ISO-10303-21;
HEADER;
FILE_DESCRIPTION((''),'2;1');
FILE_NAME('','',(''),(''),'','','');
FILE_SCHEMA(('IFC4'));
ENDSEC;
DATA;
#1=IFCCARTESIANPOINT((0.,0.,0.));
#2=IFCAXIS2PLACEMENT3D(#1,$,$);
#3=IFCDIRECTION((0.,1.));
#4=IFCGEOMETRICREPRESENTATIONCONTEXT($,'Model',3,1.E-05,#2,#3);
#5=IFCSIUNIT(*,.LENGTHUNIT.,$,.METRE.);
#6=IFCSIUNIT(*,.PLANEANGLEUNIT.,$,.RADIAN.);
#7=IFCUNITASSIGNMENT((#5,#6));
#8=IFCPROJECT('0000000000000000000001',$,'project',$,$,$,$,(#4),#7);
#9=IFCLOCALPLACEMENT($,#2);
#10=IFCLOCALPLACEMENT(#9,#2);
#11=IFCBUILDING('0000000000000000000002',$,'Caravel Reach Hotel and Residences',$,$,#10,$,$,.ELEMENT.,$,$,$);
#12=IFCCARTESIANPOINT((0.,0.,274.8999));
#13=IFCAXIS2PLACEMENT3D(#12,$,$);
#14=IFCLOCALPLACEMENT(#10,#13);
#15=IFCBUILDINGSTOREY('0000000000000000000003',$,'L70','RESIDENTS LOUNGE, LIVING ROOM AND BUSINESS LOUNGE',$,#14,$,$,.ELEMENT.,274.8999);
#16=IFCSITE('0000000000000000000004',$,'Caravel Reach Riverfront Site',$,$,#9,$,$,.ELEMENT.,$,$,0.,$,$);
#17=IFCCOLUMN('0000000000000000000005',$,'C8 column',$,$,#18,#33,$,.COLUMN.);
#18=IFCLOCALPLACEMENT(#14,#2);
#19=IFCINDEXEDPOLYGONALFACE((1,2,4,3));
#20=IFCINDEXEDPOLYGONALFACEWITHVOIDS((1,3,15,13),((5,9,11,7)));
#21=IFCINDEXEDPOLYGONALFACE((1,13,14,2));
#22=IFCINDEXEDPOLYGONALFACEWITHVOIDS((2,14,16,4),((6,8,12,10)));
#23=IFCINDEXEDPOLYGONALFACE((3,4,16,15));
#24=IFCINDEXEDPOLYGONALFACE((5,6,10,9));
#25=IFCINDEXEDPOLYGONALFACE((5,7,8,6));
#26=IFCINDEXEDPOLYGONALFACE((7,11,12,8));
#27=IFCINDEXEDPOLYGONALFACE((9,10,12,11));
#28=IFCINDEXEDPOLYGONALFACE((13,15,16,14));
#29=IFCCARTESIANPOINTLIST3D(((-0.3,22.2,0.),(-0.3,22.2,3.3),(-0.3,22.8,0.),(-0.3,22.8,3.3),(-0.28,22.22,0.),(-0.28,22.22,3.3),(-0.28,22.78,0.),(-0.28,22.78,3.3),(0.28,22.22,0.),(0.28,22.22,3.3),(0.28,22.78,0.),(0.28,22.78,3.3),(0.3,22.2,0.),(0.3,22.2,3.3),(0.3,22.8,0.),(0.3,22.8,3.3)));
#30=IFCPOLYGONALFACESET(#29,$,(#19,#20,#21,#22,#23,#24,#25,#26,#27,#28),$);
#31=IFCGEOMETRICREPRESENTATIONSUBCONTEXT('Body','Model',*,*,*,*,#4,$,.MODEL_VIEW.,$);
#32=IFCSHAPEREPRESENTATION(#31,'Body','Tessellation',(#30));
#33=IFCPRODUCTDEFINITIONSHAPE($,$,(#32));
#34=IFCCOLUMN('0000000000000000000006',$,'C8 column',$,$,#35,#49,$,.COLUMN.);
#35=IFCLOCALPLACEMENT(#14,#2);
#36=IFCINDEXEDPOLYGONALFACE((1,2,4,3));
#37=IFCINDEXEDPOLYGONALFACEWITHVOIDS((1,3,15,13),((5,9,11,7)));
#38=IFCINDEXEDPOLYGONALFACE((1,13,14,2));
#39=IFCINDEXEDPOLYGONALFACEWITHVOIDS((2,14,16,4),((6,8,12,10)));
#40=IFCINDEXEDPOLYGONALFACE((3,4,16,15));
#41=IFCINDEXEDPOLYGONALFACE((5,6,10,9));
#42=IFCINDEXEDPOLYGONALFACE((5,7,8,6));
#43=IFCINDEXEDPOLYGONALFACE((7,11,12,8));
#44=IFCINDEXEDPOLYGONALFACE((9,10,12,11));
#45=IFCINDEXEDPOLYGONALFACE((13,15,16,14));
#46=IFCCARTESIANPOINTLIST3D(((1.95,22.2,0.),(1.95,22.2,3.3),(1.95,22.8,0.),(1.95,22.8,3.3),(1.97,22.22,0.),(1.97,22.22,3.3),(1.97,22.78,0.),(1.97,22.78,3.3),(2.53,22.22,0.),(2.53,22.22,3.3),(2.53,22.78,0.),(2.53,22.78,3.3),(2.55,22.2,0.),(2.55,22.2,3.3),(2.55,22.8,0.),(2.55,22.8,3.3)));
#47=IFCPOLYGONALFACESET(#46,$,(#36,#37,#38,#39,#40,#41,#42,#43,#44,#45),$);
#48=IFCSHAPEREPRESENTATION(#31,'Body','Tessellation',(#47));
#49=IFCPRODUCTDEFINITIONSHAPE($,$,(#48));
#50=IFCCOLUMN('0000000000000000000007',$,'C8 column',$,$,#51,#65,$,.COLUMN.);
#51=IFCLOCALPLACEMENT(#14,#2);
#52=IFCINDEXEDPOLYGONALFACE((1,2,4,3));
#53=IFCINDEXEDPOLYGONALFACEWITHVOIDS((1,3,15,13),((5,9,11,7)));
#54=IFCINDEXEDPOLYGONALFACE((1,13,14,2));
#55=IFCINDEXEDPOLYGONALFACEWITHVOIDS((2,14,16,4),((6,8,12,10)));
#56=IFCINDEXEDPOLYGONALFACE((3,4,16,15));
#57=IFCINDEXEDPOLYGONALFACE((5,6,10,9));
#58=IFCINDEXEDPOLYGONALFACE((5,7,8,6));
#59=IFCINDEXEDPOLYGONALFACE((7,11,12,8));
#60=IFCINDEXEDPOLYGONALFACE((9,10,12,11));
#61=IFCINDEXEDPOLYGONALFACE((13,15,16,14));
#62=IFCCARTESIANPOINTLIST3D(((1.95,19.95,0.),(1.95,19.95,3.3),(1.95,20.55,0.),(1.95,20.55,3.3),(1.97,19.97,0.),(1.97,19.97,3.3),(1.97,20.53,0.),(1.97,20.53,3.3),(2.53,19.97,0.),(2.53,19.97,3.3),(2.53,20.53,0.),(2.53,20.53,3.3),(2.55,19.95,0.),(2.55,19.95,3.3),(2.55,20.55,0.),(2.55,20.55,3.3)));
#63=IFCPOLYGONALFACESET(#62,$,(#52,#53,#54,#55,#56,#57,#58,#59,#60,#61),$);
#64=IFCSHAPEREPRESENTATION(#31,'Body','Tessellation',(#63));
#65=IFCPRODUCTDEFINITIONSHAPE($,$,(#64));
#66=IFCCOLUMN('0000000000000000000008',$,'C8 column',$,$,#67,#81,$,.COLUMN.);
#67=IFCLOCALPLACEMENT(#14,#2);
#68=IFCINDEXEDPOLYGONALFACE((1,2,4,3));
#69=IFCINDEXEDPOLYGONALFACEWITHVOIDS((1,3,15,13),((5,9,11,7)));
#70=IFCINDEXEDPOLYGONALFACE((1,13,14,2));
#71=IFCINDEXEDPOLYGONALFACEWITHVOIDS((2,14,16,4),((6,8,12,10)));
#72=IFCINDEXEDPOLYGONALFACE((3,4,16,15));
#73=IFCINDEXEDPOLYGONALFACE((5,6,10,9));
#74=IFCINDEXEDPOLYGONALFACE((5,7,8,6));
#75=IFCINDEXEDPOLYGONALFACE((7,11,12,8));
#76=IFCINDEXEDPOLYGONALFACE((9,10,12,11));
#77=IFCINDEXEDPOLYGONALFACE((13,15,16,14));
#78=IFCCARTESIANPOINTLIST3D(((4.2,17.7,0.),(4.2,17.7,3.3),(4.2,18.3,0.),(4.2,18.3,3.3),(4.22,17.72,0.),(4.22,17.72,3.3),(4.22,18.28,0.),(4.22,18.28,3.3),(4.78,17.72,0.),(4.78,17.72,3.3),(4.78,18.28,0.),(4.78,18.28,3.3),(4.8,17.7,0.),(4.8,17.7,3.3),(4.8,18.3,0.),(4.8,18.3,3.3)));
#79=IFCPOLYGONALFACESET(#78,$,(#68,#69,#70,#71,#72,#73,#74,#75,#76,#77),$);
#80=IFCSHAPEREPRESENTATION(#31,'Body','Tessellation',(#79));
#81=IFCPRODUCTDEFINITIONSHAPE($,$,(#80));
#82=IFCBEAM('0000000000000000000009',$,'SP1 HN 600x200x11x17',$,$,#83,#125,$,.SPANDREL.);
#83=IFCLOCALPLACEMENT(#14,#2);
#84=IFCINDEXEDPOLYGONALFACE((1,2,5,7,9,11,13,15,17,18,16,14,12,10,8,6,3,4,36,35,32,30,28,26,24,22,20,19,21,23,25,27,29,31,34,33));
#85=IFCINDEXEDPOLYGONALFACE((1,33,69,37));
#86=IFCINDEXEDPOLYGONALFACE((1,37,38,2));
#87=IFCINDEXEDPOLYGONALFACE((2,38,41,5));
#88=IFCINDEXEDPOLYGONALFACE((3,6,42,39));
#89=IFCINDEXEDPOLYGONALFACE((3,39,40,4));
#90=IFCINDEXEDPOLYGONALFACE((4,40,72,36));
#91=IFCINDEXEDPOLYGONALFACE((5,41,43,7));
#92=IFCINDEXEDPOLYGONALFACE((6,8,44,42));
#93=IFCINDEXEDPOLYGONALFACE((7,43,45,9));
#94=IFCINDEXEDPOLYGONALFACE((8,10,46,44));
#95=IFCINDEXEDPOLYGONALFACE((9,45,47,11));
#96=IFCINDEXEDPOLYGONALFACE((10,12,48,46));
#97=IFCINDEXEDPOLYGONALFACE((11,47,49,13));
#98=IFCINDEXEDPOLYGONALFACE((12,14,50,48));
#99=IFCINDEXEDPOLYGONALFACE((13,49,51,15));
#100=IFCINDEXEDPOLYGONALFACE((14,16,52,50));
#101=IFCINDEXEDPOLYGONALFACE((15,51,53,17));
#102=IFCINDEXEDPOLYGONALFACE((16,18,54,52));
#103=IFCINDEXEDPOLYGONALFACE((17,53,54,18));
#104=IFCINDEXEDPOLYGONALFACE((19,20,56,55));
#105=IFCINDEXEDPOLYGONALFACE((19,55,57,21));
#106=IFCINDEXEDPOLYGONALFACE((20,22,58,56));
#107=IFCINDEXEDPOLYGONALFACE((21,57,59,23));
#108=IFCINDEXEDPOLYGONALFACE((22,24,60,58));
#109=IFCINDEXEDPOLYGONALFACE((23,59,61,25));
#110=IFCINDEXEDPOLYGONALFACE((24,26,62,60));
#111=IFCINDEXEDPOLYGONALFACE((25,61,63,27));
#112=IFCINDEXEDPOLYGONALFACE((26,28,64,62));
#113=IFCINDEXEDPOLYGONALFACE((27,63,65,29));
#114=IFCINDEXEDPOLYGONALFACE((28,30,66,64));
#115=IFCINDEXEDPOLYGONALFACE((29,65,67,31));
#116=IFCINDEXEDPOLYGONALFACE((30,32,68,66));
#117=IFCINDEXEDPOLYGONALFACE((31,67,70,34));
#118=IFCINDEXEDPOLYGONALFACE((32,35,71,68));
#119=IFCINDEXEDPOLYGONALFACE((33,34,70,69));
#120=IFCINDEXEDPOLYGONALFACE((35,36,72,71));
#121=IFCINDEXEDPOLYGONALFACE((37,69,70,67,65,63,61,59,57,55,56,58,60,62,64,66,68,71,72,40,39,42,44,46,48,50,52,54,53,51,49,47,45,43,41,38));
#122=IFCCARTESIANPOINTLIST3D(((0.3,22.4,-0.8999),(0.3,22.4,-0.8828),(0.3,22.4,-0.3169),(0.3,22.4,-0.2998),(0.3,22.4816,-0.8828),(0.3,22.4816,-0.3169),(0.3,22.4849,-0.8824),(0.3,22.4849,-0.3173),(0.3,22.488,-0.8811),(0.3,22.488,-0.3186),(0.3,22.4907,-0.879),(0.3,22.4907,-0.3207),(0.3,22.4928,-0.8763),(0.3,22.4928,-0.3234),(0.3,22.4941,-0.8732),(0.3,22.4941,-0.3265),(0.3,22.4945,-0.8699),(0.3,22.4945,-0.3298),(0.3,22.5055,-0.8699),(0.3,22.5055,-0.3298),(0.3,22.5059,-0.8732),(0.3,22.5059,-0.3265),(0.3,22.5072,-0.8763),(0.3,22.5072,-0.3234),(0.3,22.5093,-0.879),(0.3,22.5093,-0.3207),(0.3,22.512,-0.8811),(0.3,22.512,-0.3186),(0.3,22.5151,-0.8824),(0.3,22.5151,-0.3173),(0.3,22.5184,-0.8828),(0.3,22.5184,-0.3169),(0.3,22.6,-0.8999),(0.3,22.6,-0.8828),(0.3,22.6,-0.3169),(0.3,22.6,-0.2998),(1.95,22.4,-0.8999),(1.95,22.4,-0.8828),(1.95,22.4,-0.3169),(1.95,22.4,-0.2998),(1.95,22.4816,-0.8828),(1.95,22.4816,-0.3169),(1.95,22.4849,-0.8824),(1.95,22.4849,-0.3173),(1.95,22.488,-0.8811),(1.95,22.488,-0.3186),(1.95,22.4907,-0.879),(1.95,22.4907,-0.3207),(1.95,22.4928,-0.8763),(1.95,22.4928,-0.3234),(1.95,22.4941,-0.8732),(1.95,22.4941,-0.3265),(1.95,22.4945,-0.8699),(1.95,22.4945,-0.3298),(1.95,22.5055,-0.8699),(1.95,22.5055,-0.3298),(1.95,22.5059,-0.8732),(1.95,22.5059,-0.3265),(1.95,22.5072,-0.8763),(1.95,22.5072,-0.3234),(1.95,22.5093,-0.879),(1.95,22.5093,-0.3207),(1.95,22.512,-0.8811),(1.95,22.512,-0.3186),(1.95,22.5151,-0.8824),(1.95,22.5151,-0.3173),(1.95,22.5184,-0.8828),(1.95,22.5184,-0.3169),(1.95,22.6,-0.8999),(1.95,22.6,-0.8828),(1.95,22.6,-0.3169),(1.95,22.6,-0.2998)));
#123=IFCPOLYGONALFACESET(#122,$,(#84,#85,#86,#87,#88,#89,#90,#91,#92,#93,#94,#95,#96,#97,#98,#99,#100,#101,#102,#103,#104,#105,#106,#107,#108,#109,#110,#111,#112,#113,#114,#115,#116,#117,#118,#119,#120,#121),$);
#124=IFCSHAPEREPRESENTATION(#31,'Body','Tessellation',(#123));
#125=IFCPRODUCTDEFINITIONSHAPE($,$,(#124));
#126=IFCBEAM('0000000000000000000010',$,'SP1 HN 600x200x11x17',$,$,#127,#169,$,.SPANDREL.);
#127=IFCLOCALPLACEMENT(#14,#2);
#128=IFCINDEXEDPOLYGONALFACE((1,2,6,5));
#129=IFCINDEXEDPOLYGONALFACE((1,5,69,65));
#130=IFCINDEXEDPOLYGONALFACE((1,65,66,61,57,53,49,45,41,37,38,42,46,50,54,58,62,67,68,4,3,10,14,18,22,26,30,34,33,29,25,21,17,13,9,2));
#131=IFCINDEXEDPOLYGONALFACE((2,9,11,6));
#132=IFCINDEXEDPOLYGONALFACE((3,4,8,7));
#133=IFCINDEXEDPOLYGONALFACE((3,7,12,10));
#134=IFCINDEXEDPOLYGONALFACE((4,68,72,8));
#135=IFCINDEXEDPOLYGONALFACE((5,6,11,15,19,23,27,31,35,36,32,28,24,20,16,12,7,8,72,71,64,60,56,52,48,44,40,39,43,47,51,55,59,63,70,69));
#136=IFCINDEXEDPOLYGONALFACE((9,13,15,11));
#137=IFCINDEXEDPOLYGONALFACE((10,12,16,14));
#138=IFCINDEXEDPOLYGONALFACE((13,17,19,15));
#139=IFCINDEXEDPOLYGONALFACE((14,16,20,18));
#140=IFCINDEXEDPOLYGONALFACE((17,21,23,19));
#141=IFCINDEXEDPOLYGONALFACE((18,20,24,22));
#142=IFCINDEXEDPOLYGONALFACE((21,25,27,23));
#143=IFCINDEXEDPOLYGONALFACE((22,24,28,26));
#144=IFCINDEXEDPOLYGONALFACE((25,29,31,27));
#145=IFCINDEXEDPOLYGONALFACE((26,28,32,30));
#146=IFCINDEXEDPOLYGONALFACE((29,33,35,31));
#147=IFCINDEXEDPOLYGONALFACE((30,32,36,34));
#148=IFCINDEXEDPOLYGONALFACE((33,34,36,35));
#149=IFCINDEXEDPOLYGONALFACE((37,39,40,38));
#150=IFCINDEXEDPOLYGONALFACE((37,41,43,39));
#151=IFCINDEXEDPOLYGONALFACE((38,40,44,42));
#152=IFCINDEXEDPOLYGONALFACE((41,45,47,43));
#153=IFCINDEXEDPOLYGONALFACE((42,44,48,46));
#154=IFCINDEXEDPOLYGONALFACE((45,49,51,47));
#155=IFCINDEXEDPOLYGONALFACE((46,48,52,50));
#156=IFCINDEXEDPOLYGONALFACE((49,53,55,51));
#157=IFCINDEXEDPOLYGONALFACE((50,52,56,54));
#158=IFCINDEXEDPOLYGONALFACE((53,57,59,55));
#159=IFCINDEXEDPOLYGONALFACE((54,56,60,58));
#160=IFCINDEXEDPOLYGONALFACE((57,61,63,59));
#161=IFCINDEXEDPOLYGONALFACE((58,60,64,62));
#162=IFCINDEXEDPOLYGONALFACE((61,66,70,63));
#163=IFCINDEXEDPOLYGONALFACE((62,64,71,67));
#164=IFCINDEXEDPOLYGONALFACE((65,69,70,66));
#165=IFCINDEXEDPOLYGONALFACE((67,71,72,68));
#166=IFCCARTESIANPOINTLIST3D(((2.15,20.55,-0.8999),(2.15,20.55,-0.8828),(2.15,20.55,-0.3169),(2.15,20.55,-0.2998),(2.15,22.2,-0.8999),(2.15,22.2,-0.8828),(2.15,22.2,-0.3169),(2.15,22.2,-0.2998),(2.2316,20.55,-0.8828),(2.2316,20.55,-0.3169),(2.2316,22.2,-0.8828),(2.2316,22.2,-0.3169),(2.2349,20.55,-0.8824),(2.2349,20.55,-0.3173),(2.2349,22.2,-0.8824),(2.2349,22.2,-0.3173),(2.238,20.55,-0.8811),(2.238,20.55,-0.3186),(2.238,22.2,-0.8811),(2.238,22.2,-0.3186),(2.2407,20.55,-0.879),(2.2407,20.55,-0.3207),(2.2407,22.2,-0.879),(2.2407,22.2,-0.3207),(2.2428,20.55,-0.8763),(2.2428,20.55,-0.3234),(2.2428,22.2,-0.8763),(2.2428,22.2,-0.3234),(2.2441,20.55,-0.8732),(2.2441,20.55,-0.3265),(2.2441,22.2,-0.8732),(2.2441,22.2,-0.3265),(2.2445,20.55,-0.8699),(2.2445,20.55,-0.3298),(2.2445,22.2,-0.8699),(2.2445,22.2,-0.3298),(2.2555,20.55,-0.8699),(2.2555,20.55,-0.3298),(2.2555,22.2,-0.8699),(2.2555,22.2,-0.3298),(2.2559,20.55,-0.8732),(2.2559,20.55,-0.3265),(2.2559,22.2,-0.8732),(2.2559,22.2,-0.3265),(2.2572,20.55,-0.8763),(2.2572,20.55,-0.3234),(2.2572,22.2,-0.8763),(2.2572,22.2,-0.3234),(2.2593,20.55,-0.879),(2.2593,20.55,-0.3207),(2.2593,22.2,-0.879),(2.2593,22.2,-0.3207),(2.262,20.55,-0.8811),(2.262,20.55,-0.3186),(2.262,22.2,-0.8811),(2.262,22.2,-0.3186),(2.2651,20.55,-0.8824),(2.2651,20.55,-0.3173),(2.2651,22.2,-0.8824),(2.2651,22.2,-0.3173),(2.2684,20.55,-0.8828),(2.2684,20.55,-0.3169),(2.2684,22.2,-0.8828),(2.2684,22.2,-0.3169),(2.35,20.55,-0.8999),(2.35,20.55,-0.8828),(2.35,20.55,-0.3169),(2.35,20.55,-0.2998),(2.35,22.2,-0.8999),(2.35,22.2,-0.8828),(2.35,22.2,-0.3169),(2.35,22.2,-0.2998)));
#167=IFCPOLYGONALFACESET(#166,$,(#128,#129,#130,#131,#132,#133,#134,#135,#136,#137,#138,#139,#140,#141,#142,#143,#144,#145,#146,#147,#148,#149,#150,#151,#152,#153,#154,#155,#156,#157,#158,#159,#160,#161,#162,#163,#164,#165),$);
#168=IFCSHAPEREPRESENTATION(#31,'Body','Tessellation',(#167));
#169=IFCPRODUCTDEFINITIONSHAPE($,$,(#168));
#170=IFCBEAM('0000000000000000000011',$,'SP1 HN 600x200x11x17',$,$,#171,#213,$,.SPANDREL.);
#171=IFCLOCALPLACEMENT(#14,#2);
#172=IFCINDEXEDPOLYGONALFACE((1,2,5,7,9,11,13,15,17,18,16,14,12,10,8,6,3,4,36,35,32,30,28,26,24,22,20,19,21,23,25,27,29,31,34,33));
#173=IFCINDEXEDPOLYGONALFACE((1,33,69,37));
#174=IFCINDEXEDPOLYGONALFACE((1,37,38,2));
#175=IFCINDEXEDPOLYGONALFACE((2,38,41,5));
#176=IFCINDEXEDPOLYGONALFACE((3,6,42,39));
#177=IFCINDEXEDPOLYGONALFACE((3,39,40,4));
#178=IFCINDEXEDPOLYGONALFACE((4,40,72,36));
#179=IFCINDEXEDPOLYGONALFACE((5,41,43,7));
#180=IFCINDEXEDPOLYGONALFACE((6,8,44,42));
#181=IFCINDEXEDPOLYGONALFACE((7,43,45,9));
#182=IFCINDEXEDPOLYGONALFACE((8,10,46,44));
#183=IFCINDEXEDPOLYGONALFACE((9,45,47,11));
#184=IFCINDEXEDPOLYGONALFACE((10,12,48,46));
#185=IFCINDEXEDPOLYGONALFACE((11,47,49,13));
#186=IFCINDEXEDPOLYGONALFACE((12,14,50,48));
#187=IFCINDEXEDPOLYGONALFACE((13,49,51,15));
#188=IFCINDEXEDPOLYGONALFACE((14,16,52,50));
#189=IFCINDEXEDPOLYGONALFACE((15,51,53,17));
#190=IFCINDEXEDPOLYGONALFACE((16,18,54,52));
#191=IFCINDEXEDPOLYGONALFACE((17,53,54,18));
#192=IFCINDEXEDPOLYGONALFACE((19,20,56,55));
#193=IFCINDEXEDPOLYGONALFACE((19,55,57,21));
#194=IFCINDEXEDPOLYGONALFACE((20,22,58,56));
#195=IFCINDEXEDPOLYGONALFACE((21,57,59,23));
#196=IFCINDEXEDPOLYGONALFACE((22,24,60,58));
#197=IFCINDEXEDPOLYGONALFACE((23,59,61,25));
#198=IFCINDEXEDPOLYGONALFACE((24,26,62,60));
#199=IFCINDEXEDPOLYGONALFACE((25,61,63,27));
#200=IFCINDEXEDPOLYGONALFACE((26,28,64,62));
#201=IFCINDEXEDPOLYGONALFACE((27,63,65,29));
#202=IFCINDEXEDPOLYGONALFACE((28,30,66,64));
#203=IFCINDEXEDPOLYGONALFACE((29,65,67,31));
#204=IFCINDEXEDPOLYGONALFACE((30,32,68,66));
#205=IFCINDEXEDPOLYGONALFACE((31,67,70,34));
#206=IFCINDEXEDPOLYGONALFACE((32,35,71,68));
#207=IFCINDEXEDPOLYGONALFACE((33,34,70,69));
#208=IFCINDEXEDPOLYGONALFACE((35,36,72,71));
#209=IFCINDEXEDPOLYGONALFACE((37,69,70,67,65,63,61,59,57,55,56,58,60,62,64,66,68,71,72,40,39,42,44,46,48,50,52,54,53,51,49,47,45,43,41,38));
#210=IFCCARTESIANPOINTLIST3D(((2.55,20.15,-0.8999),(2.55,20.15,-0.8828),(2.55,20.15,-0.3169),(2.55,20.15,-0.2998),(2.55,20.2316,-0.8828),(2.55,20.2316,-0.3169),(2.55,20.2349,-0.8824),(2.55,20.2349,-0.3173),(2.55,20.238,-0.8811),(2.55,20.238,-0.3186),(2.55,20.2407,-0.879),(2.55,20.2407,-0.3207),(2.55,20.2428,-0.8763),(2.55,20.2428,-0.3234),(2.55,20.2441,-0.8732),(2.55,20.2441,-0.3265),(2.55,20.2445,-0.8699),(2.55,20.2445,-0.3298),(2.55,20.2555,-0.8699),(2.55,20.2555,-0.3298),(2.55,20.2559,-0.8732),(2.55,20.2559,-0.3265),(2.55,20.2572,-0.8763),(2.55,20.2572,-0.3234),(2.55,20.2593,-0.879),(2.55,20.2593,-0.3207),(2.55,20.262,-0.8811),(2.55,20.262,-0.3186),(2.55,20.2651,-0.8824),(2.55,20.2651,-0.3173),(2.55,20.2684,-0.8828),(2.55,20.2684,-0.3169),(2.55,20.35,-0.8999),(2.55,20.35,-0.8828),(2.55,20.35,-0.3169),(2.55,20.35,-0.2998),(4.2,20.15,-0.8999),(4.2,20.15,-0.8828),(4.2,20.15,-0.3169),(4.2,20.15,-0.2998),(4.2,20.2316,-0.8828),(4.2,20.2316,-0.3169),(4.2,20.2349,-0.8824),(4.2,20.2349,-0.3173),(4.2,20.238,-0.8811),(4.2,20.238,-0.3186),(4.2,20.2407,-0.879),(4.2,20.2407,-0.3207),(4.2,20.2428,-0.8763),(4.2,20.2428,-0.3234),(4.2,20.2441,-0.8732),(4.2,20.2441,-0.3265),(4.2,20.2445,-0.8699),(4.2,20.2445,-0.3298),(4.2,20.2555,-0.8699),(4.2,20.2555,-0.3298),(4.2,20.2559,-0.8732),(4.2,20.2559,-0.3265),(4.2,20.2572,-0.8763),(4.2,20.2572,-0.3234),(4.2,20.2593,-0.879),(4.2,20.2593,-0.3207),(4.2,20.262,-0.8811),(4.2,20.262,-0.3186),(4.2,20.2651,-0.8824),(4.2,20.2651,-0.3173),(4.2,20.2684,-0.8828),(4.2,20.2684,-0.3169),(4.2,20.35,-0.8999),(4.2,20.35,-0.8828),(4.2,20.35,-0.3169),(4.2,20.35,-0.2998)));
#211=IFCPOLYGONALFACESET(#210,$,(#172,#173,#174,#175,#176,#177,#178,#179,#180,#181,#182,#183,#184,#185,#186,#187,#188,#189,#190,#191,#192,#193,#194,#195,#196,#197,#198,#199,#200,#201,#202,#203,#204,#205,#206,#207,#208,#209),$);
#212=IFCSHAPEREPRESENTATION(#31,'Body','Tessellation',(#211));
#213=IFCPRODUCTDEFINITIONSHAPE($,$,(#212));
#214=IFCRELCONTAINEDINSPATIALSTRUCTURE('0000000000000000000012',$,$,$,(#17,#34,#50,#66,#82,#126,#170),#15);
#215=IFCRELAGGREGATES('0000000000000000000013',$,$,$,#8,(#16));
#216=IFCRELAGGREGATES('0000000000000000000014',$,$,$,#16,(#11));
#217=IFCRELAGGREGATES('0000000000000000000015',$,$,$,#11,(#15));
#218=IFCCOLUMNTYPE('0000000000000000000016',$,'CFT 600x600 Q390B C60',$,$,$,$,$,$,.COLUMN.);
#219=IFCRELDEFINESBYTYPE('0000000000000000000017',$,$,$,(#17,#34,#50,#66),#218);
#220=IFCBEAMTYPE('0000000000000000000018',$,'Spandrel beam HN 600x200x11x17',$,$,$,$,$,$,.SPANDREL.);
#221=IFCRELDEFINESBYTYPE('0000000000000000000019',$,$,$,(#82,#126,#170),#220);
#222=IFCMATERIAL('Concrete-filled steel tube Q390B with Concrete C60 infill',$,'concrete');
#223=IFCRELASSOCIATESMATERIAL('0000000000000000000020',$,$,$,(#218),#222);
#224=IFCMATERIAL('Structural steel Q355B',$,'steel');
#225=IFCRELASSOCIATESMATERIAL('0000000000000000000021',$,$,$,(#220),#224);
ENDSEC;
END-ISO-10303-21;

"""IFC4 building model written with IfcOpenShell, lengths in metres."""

from ifc_helpers import new_model, si_unit, direction, frame, origin, origin_2d, place, context, subcontext, project, spatial, hollow_rectangle, i_section, extrude, material, material_profile, profile_set, type_object, element, save


model = new_model("IFC4")

# Units and contexts
model_context = context("Model", 3, precision=1e-05, world=origin(), true_north=direction((0.0, 1.0)))
body_context = subcontext(model_context, "Body", "Model", "MODEL_VIEW")
ifc_project = project(units=[si_unit("LENGTHUNIT", "METRE"), si_unit("PLANEANGLEUNIT", "RADIAN")], contexts=[model_context])

# Site, building, storey
site_placement = place(None, origin())
site = spatial("IfcSite", under=ifc_project, at=site_placement, Name="Caravel Reach Riverfront Site", CompositionType="ELEMENT", RefElevation=0.0)
building_placement = place(site_placement, origin())
building = spatial("IfcBuilding", under=site, at=building_placement, Name="Caravel Reach Hotel and Residences", CompositionType="ELEMENT")
storey_placement = place(building_placement, frame((0.0, 0.0, 274.8999)))
storey = spatial("IfcBuildingStorey", under=building, at=storey_placement, Name="L70", Description="RESIDENTS LOUNGE, LIVING ROOM AND BUSINESS LOUNGE", CompositionType="ELEMENT", Elevation=274.8999)

# Columns
ifc_material_1 = material(Name="Concrete-filled steel tube Q390B with Concrete C60 infill", Category="concrete")
ifc_material_profile_1 = material_profile(ifc_material_1, hollow_rectangle(XDim=0.6001, YDim=0.6001, WallThickness=0.02, at=origin_2d()), Name="RHS 600x600x20")
ifc_profile_set_1 = profile_set([ifc_material_profile_1], Name="Concrete-filled steel tube Q390B with Concrete C60 infill")
column_type = type_object("IfcColumnType", Name="CFT 600x600 Q390B C60", PredefinedType="COLUMN", material=ifc_profile_set_1)
for number, where, z_axis, x_axis, name in (
    (1, (0.0, 22.5, 0.0), (0.0, 0.0, 1.0), (1.0, 0.0, 0.0), "C8 column"),
    (2, (2.25, 22.5, 0.0), (0.0, 0.0, 1.0), (1.0, 0.0, 0.0), "C8 column"),
    (3, (2.25, 20.25, 0.0), (0.0, 0.0, 1.0), (1.0, 0.0, 0.0), "C8 column"),
    (4, (4.5, 18.0, 0.0), (0.0, 0.0, 1.0), (1.0, 0.0, 0.0), "C8 column"),
):
    element("IfcColumn", number, at=place(storey_placement, frame(where, z_axis=z_axis, x_axis=x_axis)), inside=storey, type_object=column_type, Name=name, PredefinedType="COLUMN", context=body_context, shape_type="SweptSolid", body=[
        extrude(hollow_rectangle(XDim=0.6001, YDim=0.6001, WallThickness=0.02, at=origin_2d()), origin(), (0.0, 0.0, 1.0), 3.3),
    ])

# Beams
ifc_material_2 = material(Name="Structural steel Q355B", Category="steel")
ifc_material_profile_2 = material_profile(ifc_material_2, i_section(OverallWidth=0.2, OverallDepth=0.6001, WebThickness=0.011, FlangeThickness=0.0171, FilletRadius=0.0129, at=origin_2d()), Name="HN 600x200x11x17")
ifc_profile_set_2 = profile_set([ifc_material_profile_2], Name="Structural steel Q355B")
beam_type = type_object("IfcBeamType", Name="Spandrel beam HN 600x200x11x17", PredefinedType="SPANDREL", material=ifc_profile_set_2)
for number, where, z_axis, x_axis, name in (
    (5, (0.3, 22.5, -0.5999), (1.0, 0.0, 0.0), (0.0, 1.0, 0.0), "SP1 HN 600x200x11x17"),
    (6, (2.25, 22.2, -0.5999), (0.0, -1.0, 0.0), (1.0, 0.0, 0.0), "SP1 HN 600x200x11x17"),
    (7, (2.55, 20.25, -0.5999), (1.0, 0.0, 0.0), (0.0, 1.0, 0.0), "SP1 HN 600x200x11x17"),
):
    element("IfcBeam", number, at=place(storey_placement, frame(where, z_axis=z_axis, x_axis=x_axis)), inside=storey, type_object=beam_type, Name=name, PredefinedType="SPANDREL", context=body_context, shape_type="SweptSolid", body=[
        extrude(i_section(OverallWidth=0.2, OverallDepth=0.6001, WebThickness=0.011, FlangeThickness=0.0171, FilletRadius=0.0129, at=origin_2d()), origin(), (0.0, 0.0, 1.0), 1.6499),
    ])

save(model, "model.ifc")
